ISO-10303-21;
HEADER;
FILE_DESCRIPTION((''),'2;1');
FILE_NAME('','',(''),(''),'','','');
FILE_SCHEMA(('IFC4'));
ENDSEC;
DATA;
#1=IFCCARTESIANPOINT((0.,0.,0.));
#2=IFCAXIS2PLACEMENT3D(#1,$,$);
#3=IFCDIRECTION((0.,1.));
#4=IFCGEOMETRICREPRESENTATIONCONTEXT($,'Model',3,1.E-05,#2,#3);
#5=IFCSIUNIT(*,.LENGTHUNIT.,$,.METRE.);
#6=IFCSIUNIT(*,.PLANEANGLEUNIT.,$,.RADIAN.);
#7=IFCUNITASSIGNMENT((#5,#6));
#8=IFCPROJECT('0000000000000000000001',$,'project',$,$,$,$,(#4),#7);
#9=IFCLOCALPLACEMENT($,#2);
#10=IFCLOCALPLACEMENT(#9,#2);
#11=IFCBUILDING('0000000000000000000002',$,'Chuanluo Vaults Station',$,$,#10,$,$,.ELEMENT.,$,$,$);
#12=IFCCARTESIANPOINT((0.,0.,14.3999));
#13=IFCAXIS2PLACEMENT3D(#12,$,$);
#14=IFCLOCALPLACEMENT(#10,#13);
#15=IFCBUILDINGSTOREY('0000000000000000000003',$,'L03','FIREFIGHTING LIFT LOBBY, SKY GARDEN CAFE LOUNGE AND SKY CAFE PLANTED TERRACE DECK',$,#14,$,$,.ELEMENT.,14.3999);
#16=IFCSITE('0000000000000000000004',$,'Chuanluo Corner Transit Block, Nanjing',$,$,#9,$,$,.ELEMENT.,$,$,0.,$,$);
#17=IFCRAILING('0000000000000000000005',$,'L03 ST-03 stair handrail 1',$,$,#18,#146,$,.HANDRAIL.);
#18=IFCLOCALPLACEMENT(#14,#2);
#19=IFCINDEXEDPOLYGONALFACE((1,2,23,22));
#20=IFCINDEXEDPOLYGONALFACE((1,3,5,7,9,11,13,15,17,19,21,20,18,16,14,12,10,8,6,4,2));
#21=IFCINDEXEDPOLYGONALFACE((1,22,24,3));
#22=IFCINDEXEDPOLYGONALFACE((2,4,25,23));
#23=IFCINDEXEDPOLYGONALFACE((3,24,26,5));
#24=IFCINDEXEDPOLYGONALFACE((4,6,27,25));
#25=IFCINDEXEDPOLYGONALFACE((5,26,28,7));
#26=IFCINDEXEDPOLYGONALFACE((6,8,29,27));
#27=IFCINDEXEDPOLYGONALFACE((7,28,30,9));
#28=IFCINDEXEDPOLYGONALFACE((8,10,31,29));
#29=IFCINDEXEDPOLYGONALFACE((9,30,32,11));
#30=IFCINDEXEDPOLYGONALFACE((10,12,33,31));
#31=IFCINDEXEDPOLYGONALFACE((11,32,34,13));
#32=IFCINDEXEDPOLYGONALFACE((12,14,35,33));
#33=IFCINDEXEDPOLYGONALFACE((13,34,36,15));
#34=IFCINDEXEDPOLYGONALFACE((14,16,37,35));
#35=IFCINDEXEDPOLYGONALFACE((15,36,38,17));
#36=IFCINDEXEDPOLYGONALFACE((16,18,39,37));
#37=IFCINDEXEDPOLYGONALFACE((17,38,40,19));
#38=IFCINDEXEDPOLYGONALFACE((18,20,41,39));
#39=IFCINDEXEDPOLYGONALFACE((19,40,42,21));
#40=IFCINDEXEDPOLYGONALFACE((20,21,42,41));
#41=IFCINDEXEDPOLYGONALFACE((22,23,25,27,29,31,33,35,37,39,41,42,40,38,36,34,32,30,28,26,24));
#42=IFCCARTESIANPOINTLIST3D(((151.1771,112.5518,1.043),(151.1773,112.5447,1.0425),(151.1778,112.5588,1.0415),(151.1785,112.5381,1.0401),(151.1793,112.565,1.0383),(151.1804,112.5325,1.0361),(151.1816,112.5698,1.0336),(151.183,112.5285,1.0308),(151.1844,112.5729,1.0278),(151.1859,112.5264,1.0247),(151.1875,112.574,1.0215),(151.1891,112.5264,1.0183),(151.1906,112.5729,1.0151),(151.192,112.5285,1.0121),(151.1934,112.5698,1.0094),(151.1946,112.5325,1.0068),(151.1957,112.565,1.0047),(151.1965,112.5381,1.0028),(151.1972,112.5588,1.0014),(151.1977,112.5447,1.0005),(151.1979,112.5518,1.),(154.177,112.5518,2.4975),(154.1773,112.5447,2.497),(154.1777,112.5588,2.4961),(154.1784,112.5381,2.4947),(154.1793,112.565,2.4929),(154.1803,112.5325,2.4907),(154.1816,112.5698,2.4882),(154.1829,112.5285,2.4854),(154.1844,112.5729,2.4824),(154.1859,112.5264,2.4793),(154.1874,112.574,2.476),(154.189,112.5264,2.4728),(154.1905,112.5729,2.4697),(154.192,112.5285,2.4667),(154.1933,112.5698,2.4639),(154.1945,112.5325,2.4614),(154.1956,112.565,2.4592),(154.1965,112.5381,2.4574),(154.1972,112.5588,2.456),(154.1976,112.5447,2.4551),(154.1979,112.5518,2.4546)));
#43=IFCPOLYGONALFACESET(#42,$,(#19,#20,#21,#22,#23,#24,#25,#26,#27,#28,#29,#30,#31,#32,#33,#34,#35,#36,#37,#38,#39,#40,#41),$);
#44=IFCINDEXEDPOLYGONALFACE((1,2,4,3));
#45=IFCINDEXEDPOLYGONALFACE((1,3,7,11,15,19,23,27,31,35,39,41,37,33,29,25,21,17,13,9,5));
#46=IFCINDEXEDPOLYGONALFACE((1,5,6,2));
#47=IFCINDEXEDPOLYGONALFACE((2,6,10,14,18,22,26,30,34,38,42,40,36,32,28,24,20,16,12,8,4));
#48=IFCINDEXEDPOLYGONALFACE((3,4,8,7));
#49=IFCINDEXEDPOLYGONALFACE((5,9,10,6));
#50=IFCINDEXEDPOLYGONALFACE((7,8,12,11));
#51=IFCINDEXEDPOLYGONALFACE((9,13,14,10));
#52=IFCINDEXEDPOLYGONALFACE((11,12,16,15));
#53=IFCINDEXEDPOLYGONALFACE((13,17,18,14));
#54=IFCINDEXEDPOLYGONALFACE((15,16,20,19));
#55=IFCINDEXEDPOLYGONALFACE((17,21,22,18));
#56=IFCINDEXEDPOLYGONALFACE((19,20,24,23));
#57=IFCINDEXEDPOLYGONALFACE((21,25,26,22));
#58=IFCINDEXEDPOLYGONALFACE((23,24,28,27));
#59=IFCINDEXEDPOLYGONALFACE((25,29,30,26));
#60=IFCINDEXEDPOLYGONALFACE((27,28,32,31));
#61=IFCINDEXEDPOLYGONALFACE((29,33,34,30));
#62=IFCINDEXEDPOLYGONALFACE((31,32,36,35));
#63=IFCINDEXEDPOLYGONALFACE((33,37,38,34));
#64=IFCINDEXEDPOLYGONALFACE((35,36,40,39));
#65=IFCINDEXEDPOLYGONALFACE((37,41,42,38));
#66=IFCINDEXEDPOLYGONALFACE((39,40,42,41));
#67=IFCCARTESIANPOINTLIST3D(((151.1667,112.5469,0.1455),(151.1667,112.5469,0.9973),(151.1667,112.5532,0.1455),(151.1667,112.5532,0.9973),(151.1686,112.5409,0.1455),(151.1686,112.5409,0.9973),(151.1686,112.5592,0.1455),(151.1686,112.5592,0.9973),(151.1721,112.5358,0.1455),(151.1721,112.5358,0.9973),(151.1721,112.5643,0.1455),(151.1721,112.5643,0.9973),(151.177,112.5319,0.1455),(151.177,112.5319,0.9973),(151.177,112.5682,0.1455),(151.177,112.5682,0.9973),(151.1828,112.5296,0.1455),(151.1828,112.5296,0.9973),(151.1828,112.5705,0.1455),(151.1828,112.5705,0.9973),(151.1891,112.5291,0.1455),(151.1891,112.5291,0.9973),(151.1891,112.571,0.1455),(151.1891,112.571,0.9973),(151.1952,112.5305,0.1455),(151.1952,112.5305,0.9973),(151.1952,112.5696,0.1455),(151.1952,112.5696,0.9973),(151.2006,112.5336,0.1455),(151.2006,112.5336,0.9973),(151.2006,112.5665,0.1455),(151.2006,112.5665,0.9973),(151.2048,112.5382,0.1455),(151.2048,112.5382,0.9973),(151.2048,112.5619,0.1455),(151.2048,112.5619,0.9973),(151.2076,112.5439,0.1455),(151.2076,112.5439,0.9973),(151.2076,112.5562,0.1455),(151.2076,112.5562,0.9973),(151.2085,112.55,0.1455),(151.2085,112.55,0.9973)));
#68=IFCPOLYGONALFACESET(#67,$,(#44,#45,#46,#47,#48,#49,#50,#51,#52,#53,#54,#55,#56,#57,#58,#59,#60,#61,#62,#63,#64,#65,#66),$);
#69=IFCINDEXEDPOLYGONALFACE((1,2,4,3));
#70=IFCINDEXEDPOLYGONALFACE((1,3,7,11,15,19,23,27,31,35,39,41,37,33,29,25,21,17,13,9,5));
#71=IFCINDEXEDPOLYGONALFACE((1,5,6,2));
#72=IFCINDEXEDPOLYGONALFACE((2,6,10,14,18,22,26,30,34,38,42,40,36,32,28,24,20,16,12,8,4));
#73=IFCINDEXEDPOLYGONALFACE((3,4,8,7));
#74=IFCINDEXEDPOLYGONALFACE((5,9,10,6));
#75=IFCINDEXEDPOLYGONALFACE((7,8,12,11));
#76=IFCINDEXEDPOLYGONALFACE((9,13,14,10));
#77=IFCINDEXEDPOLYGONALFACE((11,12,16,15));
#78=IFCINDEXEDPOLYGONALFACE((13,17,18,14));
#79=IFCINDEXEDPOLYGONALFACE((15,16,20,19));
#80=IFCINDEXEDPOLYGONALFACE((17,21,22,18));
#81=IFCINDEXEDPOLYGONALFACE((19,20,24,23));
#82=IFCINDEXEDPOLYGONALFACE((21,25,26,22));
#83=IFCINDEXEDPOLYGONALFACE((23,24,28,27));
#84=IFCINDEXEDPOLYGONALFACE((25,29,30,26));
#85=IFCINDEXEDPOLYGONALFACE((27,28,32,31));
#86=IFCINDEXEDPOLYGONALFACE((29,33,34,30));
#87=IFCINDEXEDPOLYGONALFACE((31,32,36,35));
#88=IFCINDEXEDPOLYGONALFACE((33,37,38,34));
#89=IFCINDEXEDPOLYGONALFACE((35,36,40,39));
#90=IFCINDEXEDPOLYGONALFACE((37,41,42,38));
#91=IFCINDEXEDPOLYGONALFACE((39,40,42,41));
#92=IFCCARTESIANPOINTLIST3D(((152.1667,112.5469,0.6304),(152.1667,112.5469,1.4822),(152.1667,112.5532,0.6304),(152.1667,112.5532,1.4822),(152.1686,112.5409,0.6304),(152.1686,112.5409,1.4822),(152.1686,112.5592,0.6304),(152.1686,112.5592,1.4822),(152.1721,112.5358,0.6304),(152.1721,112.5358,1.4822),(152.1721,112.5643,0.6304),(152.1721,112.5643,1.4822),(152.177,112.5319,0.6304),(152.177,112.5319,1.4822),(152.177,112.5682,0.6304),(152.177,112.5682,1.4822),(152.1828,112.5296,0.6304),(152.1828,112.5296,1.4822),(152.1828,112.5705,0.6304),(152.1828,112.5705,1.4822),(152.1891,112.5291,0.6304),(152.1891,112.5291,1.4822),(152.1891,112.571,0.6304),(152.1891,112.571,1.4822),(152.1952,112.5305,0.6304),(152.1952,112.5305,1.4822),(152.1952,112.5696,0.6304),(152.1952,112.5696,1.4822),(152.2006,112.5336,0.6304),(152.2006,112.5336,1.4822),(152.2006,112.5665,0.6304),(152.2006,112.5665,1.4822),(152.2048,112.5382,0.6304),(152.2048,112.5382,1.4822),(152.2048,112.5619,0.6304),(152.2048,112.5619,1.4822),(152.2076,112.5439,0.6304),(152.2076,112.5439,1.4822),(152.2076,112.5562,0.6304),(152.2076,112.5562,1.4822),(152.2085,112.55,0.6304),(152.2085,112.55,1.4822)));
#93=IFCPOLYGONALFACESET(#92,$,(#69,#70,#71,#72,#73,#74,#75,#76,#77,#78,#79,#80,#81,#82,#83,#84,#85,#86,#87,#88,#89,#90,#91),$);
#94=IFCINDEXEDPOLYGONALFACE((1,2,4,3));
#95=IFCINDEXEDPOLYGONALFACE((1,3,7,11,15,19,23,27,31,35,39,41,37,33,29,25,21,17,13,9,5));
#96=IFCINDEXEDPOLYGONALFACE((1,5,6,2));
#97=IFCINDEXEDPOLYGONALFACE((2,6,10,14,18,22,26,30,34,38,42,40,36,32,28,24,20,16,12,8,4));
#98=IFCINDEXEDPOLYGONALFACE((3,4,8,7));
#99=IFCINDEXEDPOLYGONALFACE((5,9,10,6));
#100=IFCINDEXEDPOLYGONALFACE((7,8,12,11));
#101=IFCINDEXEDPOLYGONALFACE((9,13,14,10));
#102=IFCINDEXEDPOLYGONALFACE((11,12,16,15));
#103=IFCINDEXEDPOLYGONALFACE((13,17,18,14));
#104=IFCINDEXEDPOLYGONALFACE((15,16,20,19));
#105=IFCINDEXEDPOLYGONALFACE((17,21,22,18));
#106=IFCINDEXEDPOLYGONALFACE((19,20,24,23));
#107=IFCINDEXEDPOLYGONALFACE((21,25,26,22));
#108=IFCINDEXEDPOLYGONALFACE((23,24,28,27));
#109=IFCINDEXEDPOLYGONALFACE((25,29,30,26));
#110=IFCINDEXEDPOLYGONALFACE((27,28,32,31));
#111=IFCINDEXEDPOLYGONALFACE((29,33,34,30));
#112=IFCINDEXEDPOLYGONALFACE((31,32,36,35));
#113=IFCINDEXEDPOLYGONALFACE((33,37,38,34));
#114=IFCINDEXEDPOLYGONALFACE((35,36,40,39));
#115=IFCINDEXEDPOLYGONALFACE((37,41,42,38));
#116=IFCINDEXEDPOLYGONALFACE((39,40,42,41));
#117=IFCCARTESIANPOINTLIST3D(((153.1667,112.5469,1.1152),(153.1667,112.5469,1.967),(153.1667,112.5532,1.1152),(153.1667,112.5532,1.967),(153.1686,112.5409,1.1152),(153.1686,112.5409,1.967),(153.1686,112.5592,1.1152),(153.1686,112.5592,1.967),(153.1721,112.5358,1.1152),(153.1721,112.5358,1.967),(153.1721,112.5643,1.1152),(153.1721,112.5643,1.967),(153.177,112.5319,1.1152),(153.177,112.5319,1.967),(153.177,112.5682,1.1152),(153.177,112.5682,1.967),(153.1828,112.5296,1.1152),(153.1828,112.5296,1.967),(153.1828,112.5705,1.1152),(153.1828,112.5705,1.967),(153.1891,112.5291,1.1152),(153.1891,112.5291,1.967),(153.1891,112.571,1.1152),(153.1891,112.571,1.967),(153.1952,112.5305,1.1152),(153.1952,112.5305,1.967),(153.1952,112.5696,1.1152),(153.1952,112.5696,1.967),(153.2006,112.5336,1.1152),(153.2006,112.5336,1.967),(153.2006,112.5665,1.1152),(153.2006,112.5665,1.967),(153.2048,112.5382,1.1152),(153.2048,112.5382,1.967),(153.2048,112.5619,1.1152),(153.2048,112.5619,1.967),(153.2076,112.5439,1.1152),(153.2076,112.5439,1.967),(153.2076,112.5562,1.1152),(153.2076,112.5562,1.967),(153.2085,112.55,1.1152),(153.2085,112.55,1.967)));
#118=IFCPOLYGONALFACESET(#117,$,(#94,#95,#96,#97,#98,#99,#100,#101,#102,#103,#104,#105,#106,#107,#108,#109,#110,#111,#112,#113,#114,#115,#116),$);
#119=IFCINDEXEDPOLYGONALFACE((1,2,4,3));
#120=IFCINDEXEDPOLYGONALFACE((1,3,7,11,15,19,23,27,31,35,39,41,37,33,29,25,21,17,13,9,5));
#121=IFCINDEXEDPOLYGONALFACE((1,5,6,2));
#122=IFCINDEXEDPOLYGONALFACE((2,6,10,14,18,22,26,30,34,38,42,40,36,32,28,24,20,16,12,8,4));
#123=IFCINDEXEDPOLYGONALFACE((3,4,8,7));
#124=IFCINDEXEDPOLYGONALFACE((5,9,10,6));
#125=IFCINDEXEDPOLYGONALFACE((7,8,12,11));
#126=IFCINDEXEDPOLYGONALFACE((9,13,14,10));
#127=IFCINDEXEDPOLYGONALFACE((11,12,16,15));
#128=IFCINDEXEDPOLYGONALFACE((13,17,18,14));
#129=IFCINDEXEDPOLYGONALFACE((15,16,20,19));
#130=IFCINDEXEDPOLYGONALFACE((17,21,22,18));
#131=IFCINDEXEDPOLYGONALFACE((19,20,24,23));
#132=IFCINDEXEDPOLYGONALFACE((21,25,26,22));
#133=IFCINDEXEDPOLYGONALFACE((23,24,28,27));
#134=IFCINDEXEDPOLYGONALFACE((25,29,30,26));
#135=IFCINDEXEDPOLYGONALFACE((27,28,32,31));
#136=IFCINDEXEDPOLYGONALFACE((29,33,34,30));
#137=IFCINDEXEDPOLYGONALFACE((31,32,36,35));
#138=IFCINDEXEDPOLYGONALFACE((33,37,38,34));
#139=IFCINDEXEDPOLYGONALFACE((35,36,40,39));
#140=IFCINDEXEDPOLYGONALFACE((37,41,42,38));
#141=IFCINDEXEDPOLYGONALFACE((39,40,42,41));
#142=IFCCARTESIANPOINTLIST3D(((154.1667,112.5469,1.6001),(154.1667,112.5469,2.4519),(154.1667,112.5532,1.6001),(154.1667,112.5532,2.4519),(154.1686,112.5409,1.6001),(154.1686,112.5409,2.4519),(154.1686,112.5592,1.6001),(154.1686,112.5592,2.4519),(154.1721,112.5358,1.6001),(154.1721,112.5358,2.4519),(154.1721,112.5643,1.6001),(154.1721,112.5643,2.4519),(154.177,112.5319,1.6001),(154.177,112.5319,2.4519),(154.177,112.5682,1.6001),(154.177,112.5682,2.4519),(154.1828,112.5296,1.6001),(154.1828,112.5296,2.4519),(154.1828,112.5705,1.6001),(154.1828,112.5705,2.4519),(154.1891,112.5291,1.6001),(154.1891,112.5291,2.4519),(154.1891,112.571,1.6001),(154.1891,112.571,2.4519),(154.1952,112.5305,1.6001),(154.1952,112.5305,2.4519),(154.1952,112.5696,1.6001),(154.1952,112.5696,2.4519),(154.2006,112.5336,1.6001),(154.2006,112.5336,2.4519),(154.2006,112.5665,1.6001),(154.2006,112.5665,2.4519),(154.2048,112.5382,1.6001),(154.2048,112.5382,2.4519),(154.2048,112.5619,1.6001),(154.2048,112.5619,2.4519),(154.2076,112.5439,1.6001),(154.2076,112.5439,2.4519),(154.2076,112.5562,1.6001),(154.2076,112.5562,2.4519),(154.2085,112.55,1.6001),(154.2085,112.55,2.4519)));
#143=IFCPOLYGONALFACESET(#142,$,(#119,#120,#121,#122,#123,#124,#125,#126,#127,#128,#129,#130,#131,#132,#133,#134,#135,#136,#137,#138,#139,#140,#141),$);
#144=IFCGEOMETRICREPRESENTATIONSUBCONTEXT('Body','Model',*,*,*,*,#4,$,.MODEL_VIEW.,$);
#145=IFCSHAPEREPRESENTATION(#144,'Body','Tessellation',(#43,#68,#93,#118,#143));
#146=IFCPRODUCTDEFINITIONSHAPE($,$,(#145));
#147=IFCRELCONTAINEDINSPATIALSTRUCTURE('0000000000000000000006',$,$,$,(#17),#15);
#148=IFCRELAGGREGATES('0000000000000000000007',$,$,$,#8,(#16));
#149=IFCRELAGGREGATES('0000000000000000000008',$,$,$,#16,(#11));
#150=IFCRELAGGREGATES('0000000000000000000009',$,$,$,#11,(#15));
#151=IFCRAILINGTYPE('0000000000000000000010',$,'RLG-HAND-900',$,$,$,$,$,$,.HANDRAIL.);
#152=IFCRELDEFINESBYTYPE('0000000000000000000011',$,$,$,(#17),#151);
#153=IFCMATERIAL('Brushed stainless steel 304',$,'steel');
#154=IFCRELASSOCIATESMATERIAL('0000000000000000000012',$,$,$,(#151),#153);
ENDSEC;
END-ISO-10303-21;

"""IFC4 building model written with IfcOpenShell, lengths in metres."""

from ifc_helpers import new_model, si_unit, direction, frame, origin, origin_2d, place, context, subcontext, project, spatial, circle, extrude, material, type_object, element, save


model = new_model("IFC4")

# Units and contexts
model_context = context("Model", 3, precision=1e-05, world=origin(), true_north=direction((0.0, 1.0)))
body_context = subcontext(model_context, "Body", "Model", "MODEL_VIEW")
ifc_project = project(units=[si_unit("LENGTHUNIT", "METRE"), si_unit("PLANEANGLEUNIT", "RADIAN")], contexts=[model_context])

# Site, building, storey
site_placement = place(None, origin())
site = spatial("IfcSite", under=ifc_project, at=site_placement, Name="Chuanluo Corner Transit Block, Nanjing", CompositionType="ELEMENT", RefElevation=0.0)
building_placement = place(site_placement, origin())
building = spatial("IfcBuilding", under=site, at=building_placement, Name="Chuanluo Vaults Station", CompositionType="ELEMENT")
storey_placement = place(building_placement, frame((0.0, 0.0, 14.3999)))
storey = spatial("IfcBuildingStorey", under=building, at=storey_placement, Name="L03", Description="FIREFIGHTING LIFT LOBBY, SKY GARDEN CAFE LOUNGE AND SKY CAFE PLANTED TERRACE DECK", CompositionType="ELEMENT", Elevation=14.3999)

# Railing
ifc_material_1 = material(Name="Brushed stainless steel 304", Category="steel")
railing_type_1 = type_object("IfcRailingType", Name="RLG-HAND-900", PredefinedType="HANDRAIL", material=ifc_material_1)
railing_1_placement = place(storey_placement, frame((151.1875, 112.55, 0.1455)))
element("IfcRailing", 1, at=railing_1_placement, inside=storey, type_object=railing_type_1, Name="L03 ST-03 stair handrail 1", PredefinedType="HANDRAIL", context=body_context, shape_type="SweptSolid", body=[
    extrude(circle(Radius=0.0239, at=origin_2d()), frame((0.0, 0.0, 0.876), z_axis=(0.899809, 0.0, 0.436284), x_axis=(0.0, 1.0, 0.0)), (0.0, 0.0, 1.0), 3.334),
    extrude(circle(Radius=0.021, at=origin_2d()), origin(), (0.0, 0.0, 1.0), 0.8518),
    extrude(circle(Radius=0.021, at=origin_2d()), frame((1.0, 0.0, 0.4849)), (0.0, 0.0, 1.0), 0.8518),
    extrude(circle(Radius=0.021, at=origin_2d()), frame((2.0, 0.0, 0.9697)), (0.0, 0.0, 1.0), 0.8518),
    extrude(circle(Radius=0.021, at=origin_2d()), frame((3.0, 0.0, 1.4546)), (0.0, 0.0, 1.0), 0.8518),
])

save(model, "model.ifc")
